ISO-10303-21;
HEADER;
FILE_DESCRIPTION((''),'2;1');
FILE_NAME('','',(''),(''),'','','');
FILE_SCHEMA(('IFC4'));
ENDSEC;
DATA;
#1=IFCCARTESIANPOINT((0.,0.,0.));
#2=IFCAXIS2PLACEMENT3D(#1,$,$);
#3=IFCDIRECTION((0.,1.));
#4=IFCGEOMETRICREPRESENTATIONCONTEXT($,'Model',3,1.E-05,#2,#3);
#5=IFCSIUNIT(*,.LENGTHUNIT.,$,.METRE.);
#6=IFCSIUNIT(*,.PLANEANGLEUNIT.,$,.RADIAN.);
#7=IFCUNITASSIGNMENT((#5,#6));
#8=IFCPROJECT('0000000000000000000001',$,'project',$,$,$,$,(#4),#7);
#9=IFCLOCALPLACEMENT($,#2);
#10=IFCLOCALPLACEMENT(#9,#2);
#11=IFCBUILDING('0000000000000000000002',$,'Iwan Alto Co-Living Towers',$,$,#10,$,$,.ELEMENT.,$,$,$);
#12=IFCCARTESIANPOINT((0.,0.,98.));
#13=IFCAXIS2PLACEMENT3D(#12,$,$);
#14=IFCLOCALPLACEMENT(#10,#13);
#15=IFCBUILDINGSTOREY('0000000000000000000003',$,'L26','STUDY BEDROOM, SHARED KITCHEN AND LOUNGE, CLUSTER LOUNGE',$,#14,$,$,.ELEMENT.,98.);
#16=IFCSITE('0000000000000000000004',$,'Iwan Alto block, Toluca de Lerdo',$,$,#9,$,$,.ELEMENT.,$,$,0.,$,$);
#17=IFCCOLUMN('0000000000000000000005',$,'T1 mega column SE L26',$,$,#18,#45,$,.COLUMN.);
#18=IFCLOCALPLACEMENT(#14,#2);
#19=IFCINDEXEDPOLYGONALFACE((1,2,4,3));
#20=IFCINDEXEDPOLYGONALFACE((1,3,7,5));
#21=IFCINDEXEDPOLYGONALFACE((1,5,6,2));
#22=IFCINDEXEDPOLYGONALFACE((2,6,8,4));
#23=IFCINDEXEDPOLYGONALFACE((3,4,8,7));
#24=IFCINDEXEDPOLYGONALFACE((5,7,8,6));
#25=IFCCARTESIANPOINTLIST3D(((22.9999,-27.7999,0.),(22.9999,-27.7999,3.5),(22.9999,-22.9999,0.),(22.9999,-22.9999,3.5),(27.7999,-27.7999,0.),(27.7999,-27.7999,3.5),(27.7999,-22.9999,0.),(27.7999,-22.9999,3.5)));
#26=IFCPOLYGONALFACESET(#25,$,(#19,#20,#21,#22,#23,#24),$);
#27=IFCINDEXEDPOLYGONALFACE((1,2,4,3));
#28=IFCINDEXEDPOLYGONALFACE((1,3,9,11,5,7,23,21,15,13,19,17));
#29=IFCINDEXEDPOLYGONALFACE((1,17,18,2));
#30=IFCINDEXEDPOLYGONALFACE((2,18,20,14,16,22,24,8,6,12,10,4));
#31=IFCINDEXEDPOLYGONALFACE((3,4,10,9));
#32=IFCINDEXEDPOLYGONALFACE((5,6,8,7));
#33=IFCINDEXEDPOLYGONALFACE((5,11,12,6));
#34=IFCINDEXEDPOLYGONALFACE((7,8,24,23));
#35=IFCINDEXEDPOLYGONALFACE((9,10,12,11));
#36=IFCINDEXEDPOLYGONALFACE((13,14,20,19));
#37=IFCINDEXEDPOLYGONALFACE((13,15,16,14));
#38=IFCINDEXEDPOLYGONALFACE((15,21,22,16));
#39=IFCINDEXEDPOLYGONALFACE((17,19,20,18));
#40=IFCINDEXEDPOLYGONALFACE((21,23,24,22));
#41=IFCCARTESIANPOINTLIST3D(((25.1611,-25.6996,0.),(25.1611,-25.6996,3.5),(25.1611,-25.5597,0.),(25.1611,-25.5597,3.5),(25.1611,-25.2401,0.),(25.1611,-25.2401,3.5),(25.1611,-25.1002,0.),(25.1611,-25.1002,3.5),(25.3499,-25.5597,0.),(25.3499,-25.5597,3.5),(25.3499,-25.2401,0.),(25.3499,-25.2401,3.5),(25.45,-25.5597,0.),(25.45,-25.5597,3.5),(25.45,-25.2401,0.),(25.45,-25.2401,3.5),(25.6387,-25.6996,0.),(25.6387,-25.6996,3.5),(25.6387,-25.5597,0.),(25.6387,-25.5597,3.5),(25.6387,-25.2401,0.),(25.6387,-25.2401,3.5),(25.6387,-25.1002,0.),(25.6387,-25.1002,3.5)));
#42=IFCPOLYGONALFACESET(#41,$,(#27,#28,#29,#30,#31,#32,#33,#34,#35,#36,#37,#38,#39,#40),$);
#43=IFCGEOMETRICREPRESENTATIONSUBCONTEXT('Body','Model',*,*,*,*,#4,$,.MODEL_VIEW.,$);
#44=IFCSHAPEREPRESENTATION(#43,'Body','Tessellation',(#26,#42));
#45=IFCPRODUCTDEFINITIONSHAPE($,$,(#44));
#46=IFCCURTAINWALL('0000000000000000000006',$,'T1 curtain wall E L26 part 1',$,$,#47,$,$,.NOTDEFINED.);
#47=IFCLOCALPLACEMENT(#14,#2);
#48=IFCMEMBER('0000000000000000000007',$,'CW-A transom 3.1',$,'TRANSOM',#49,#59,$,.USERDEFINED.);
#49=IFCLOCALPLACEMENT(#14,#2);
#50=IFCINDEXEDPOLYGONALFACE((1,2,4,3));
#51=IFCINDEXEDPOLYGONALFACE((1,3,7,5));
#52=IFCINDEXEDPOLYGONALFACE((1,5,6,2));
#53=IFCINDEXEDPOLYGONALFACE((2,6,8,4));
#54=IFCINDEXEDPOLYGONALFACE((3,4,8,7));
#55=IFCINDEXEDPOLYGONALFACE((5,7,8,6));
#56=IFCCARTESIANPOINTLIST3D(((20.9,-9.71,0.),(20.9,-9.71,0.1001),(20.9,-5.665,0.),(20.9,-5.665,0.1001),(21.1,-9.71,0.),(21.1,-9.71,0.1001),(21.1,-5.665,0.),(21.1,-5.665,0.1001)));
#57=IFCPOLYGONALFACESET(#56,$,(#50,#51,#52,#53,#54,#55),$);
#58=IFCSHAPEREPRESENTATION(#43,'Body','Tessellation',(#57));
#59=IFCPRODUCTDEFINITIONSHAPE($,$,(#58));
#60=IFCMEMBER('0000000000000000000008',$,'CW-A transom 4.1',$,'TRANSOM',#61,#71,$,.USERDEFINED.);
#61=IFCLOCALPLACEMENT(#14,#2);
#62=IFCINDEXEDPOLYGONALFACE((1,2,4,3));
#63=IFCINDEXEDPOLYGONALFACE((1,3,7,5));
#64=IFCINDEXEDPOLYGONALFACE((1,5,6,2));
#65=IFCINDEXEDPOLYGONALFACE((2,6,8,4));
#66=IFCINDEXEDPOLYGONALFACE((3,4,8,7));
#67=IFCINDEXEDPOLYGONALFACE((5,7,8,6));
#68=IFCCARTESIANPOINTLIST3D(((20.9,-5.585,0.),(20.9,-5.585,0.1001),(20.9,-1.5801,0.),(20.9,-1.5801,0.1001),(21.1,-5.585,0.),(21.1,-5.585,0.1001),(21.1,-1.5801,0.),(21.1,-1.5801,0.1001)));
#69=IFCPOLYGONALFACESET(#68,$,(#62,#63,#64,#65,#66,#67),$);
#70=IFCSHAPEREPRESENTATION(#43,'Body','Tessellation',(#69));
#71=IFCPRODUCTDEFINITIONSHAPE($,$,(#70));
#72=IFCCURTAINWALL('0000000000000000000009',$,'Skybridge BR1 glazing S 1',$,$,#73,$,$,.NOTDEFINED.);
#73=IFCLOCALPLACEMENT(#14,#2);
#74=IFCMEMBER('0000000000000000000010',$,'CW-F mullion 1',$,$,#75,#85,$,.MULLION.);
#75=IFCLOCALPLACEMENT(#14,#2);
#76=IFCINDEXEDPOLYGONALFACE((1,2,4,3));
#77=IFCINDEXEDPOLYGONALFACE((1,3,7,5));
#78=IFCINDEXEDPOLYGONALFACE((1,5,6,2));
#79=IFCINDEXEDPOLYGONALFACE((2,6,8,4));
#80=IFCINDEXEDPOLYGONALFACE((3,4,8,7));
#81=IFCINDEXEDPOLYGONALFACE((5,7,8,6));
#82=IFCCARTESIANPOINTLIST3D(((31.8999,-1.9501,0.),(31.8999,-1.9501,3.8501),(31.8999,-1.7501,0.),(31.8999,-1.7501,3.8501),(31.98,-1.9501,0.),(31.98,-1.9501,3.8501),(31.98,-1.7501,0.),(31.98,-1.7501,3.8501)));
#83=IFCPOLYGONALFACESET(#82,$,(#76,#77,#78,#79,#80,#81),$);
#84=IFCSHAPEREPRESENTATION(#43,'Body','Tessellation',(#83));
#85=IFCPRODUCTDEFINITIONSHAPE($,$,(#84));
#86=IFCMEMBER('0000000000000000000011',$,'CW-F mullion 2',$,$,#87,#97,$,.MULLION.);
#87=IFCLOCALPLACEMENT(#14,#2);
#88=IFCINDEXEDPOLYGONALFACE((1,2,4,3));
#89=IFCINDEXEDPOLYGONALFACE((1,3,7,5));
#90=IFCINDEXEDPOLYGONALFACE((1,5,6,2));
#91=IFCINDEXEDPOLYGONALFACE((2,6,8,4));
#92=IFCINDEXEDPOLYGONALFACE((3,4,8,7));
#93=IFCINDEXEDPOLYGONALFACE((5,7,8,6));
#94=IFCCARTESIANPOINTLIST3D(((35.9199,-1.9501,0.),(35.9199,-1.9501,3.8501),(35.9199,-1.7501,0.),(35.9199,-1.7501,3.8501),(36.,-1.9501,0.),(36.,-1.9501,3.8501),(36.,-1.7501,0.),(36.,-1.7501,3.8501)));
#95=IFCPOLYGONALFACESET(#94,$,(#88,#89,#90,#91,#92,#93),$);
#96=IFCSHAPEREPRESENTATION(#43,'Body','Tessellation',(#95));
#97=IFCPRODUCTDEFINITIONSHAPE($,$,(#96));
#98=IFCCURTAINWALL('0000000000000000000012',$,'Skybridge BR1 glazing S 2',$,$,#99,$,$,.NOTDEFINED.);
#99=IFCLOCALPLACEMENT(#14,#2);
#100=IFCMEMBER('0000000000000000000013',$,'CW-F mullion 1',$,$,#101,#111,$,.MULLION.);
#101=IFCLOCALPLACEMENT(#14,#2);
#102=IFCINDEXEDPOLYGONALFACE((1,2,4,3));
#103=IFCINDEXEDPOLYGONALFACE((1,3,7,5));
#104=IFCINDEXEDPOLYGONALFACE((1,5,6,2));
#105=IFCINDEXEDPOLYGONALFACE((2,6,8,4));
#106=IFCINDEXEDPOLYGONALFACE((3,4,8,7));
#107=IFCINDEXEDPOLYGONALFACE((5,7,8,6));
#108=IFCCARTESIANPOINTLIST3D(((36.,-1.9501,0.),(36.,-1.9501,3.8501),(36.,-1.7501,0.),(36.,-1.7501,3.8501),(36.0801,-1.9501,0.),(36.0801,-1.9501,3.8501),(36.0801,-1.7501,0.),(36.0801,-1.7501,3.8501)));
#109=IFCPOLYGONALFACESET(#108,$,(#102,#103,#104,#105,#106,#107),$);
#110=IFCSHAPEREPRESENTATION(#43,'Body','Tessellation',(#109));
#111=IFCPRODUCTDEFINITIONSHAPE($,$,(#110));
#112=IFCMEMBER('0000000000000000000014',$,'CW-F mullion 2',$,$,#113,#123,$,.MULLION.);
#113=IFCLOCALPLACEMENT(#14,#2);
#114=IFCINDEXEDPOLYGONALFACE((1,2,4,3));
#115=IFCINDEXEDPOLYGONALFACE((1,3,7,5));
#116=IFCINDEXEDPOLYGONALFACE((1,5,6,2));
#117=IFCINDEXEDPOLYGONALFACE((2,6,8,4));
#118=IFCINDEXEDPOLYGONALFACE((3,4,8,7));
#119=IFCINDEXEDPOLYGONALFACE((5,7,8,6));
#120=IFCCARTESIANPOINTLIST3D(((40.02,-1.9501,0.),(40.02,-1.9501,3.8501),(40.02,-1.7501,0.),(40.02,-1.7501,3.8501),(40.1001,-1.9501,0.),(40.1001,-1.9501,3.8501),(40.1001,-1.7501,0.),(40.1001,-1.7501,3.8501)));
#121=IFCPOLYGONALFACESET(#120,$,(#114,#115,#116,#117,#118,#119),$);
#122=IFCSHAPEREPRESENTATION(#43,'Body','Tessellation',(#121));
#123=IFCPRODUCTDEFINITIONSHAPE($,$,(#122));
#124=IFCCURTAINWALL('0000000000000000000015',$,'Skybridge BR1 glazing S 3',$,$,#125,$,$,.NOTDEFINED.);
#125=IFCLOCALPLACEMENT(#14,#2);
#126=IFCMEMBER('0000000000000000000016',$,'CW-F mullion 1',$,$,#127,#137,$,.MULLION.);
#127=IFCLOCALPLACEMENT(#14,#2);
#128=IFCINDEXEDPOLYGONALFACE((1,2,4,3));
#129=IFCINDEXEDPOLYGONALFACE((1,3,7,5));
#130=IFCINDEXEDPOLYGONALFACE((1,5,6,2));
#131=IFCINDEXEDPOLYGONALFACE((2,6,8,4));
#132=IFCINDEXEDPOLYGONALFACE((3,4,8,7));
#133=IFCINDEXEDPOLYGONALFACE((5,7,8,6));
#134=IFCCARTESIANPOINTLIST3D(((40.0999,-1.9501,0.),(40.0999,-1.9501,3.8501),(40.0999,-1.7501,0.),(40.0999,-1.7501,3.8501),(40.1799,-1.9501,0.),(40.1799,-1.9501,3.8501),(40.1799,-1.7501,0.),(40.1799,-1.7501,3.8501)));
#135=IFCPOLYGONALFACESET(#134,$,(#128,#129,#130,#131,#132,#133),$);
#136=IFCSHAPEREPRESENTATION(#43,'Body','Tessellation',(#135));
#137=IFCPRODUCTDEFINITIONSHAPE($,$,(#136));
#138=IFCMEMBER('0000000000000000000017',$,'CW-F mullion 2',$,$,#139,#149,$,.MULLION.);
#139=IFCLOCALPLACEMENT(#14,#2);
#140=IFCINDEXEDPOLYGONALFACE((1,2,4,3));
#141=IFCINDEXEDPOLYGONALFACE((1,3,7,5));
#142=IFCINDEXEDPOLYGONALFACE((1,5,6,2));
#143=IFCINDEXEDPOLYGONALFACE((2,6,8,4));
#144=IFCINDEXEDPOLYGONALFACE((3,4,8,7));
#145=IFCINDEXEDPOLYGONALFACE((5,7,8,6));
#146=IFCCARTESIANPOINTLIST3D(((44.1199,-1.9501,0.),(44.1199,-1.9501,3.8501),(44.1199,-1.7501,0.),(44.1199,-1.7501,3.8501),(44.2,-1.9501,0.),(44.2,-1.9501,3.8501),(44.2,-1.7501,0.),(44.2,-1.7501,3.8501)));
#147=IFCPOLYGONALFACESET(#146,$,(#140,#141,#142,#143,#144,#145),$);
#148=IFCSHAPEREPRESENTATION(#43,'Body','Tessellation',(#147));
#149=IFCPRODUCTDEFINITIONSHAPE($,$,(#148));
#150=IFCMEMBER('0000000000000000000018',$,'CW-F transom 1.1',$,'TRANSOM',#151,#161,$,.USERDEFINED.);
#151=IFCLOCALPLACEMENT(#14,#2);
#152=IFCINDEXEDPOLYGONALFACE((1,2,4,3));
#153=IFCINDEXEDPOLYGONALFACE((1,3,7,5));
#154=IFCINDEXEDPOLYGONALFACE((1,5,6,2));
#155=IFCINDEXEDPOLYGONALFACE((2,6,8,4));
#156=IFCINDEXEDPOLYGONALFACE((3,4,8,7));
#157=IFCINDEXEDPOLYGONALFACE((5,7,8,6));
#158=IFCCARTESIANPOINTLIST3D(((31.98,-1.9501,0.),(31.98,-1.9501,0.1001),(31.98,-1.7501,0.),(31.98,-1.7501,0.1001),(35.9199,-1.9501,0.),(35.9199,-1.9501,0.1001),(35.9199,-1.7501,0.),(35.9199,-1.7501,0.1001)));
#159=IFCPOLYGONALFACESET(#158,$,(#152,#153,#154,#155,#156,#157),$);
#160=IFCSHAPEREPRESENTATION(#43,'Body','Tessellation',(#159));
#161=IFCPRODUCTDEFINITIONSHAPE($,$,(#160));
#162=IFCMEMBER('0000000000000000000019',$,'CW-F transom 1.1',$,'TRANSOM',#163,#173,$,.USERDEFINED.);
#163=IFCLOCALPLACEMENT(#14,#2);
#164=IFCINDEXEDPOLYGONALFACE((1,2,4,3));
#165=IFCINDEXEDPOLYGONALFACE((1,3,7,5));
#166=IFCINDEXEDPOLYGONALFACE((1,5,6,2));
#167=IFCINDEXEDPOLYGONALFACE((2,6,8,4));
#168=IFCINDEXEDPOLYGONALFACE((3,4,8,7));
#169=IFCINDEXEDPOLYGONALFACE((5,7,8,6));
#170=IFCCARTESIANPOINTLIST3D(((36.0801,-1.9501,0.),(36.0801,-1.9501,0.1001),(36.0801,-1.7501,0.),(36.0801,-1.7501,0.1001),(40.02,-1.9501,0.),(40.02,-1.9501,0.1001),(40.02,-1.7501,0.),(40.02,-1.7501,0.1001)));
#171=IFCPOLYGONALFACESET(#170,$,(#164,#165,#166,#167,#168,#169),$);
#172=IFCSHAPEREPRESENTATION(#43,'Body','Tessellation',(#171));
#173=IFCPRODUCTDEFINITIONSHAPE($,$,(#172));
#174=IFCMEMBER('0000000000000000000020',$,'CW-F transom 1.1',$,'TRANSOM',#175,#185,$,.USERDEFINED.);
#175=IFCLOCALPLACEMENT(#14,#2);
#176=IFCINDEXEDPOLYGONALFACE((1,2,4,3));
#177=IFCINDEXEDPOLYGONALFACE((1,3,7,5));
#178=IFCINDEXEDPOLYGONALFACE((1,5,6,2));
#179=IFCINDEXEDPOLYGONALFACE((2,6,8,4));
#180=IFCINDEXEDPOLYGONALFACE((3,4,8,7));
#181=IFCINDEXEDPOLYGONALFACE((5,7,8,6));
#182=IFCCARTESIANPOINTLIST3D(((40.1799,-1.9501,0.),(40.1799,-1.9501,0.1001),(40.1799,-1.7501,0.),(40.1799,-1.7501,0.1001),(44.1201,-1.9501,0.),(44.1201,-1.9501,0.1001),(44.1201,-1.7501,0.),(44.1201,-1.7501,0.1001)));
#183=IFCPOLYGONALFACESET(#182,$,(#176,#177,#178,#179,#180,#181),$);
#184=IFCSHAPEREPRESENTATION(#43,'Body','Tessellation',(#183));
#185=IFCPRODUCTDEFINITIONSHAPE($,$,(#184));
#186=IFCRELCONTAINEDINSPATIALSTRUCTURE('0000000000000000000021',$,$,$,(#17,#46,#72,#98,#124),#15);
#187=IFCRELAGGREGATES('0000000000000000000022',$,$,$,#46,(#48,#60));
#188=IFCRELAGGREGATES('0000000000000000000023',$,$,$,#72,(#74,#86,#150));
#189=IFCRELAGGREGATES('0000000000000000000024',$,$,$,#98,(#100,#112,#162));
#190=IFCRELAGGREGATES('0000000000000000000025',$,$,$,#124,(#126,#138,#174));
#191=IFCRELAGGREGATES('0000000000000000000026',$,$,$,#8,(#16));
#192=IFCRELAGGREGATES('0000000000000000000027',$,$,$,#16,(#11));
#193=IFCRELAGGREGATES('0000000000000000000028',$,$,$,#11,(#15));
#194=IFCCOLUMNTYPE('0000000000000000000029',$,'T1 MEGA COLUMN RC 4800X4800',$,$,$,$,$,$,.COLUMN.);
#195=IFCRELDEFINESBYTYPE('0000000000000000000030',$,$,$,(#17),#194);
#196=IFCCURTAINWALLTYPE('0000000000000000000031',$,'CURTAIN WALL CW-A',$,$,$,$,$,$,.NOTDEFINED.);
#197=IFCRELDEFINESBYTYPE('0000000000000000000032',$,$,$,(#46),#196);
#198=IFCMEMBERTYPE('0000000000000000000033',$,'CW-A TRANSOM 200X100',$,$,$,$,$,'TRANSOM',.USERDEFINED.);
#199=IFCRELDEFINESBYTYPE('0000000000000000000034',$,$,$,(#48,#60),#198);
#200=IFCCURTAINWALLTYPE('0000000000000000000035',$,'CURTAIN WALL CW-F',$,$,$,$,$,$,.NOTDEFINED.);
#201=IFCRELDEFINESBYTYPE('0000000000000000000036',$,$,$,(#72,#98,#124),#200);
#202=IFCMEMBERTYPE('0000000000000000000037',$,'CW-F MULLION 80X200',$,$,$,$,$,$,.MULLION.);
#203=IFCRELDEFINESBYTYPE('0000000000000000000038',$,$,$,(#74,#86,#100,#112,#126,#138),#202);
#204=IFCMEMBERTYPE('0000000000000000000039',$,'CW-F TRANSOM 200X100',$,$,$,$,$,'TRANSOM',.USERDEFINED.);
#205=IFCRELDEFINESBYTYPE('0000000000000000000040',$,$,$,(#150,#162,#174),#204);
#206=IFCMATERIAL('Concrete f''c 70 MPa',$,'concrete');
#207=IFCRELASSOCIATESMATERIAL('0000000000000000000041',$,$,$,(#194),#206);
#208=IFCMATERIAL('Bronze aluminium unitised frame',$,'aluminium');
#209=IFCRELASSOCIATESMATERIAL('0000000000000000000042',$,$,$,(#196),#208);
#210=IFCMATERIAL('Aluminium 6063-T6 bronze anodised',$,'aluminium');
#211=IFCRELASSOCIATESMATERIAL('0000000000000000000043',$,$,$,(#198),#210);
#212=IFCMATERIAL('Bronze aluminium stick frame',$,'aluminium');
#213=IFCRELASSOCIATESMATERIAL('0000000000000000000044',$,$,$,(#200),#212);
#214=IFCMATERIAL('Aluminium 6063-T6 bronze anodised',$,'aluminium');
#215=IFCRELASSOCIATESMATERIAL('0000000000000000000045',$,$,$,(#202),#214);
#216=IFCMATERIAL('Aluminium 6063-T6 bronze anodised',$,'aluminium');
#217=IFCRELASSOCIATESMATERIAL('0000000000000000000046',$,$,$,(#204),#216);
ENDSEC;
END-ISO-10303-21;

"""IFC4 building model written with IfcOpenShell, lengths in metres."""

from ifc_helpers import new_model, si_unit, direction, frame, origin, origin_2d, place, context, subcontext, project, spatial, rectangle, i_section, extrude, material, material_profile, profile_set, type_object, element, aggregate, save


model = new_model("IFC4")

# Units and contexts
model_context = context("Model", 3, precision=1e-05, world=origin(), true_north=direction((0.0, 1.0)))
body_context = subcontext(model_context, "Body", "Model", "MODEL_VIEW")
ifc_project = project(units=[si_unit("LENGTHUNIT", "METRE"), si_unit("PLANEANGLEUNIT", "RADIAN")], contexts=[model_context])

# Site, building, storey
site_placement = place(None, origin())
site = spatial("IfcSite", under=ifc_project, at=site_placement, Name="Iwan Alto block, Toluca de Lerdo", CompositionType="ELEMENT", RefElevation=0.0)
building_placement = place(site_placement, origin())
building = spatial("IfcBuilding", under=site, at=building_placement, Name="Iwan Alto Co-Living Towers", CompositionType="ELEMENT")
storey_placement = place(building_placement, frame((0.0, 0.0, 98.0)))
storey = spatial("IfcBuildingStorey", under=building, at=storey_placement, Name="L26", Description="STUDY BEDROOM, SHARED KITCHEN AND LOUNGE, CLUSTER LOUNGE", CompositionType="ELEMENT", Elevation=98.0)

# Column
ifc_material_1 = material(Name="Concrete f'c 70 MPa", Category="concrete")
ifc_material_profile_1 = material_profile(ifc_material_1, rectangle(XDim=4.8, YDim=4.8, at=origin_2d()), Name="RC 4800X4800")
ifc_profile_set_1 = profile_set([ifc_material_profile_1], Name="Concrete f'c 70 MPa")
column_type = type_object("IfcColumnType", Name="T1 MEGA COLUMN RC 4800X4800", PredefinedType="COLUMN", material=ifc_profile_set_1)
column_placement = place(storey_placement, frame((25.3999, -25.3999, 0.0), z_axis=(0.0, 0.0, 1.0), x_axis=(1.0, 0.0, 0.0)))
element("IfcColumn", 1, at=column_placement, inside=storey, type_object=column_type, Name="T1 mega column SE L26", PredefinedType="COLUMN", context=body_context, shape_type="SweptSolid", body=[
    extrude(rectangle(XDim=4.8, YDim=4.8, at=origin_2d()), origin(), (0.0, 0.0, 1.0), 3.5),
    extrude(i_section(OverallWidth=0.4775, OverallDepth=0.5994, WebThickness=0.1001, FlangeThickness=0.1399, at=origin_2d()), origin(), (0.0, 0.0, 1.0), 3.5),
])

# Curtain walls, members
ifc_material_2 = material(Name="Bronze aluminium unitised frame", Category="aluminium")
curtain_wall_type_1 = type_object("IfcCurtainWallType", Name="CURTAIN WALL CW-A", PredefinedType="NOTDEFINED", material=ifc_material_2)
curtain_wall_1_placement = place(storey_placement, origin())
curtain_wall_1 = element("IfcCurtainWall", 2, at=curtain_wall_1_placement, inside=storey, type_object=curtain_wall_type_1, Name="T1 curtain wall E L26 part 1", PredefinedType="NOTDEFINED")
ifc_material_3 = material(Name="Aluminium 6063-T6 bronze anodised", Category="aluminium")
ifc_material_profile_2 = material_profile(ifc_material_3, rectangle(XDim=0.2, YDim=0.1001, at=origin_2d()), Name="AL 200X100")
ifc_profile_set_2 = profile_set([ifc_material_profile_2], Name="Aluminium 6063-T6 bronze anodised")
member_type_1 = type_object("IfcMemberType", Name="CW-A TRANSOM 200X100", ElementType="TRANSOM", PredefinedType="USERDEFINED", material=ifc_profile_set_2)
member_1_placement = place(storey_placement, frame((21.0, -9.71, 0.05), z_axis=(0.0, 1.0, 0.0), x_axis=(-1.0, 0.0, 0.0)))
member_1 = element("IfcMember", 3, at=member_1_placement, type_object=member_type_1, Name="CW-A transom 3.1", ObjectType="TRANSOM", PredefinedType="USERDEFINED", context=body_context, shape_type="SweptSolid", body=[
    extrude(rectangle(XDim=0.2, YDim=0.1001, at=origin_2d()), origin(), (0.0, 0.0, 1.0), 4.0449),
])
member_2_placement = place(storey_placement, frame((21.0, -5.585, 0.05), z_axis=(0.0, 1.0, 0.0), x_axis=(-1.0, 0.0, 0.0)))
member_2 = element("IfcMember", 4, at=member_2_placement, type_object=member_type_1, Name="CW-A transom 4.1", ObjectType="TRANSOM", PredefinedType="USERDEFINED", context=body_context, shape_type="SweptSolid", body=[
    extrude(rectangle(XDim=0.2, YDim=0.1001, at=origin_2d()), origin(), (0.0, 0.0, 1.0), 4.0049),
])
ifc_material_4 = material(Name="Bronze aluminium stick frame", Category="aluminium")
curtain_wall_type_2 = type_object("IfcCurtainWallType", Name="CURTAIN WALL CW-F", PredefinedType="NOTDEFINED", material=ifc_material_4)
curtain_wall_2_placement = place(storey_placement, origin())
curtain_wall_2 = element("IfcCurtainWall", 5, at=curtain_wall_2_placement, inside=storey, type_object=curtain_wall_type_2, Name="Skybridge BR1 glazing S 1", PredefinedType="NOTDEFINED")
ifc_material_5 = material(Name="Aluminium 6063-T6 bronze anodised", Category="aluminium")
ifc_material_profile_3 = material_profile(ifc_material_5, rectangle(XDim=0.2, YDim=0.0801, at=origin_2d()), Name="AL 80X200")
ifc_profile_set_3 = profile_set([ifc_material_profile_3], Name="Aluminium 6063-T6 bronze anodised")
member_type_2 = type_object("IfcMemberType", Name="CW-F MULLION 80X200", PredefinedType="MULLION", material=ifc_profile_set_3)
member_3_placement = place(storey_placement, frame((31.9399, -1.8501, 0.0), z_axis=(0.0, 0.0, 1.0), x_axis=(0.0, 1.0, 0.0)))
member_3 = element("IfcMember", 6, at=member_3_placement, type_object=member_type_2, Name="CW-F mullion 1", PredefinedType="MULLION", context=body_context, shape_type="SweptSolid", body=[
    extrude(rectangle(XDim=0.2, YDim=0.0801, at=origin_2d()), origin(), (0.0, 0.0, 1.0), 3.8501),
])
member_4_placement = place(storey_placement, frame((35.96, -1.8501, 0.0), z_axis=(0.0, 0.0, 1.0), x_axis=(0.0, 1.0, 0.0)))
member_4 = element("IfcMember", 7, at=member_4_placement, type_object=member_type_2, Name="CW-F mullion 2", PredefinedType="MULLION", context=body_context, shape_type="SweptSolid", body=[
    extrude(rectangle(XDim=0.2, YDim=0.0801, at=origin_2d()), origin(), (0.0, 0.0, 1.0), 3.8501),
])
curtain_wall_3_placement = place(storey_placement, origin())
curtain_wall_3 = element("IfcCurtainWall", 8, at=curtain_wall_3_placement, inside=storey, type_object=curtain_wall_type_2, Name="Skybridge BR1 glazing S 2", PredefinedType="NOTDEFINED")
member_5_placement = place(storey_placement, frame((36.04, -1.8501, 0.0), z_axis=(0.0, 0.0, 1.0), x_axis=(0.0, 1.0, 0.0)))
member_5 = element("IfcMember", 9, at=member_5_placement, type_object=member_type_2, Name="CW-F mullion 1", PredefinedType="MULLION", context=body_context, shape_type="SweptSolid", body=[
    extrude(rectangle(XDim=0.2, YDim=0.0801, at=origin_2d()), origin(), (0.0, 0.0, 1.0), 3.8501),
])
member_6_placement = place(storey_placement, frame((40.0601, -1.8501, 0.0), z_axis=(0.0, 0.0, 1.0), x_axis=(0.0, 1.0, 0.0)))
member_6 = element("IfcMember", 10, at=member_6_placement, type_object=member_type_2, Name="CW-F mullion 2", PredefinedType="MULLION", context=body_context, shape_type="SweptSolid", body=[
    extrude(rectangle(XDim=0.2, YDim=0.0801, at=origin_2d()), origin(), (0.0, 0.0, 1.0), 3.8501),
])
curtain_wall_4_placement = place(storey_placement, origin())
curtain_wall_4 = element("IfcCurtainWall", 11, at=curtain_wall_4_placement, inside=storey, type_object=curtain_wall_type_2, Name="Skybridge BR1 glazing S 3", PredefinedType="NOTDEFINED")
member_7_placement = place(storey_placement, frame((40.1399, -1.8501, 0.0), z_axis=(0.0, 0.0, 1.0), x_axis=(0.0, 1.0, 0.0)))
member_7 = element("IfcMember", 12, at=member_7_placement, type_object=member_type_2, Name="CW-F mullion 1", PredefinedType="MULLION", context=body_context, shape_type="SweptSolid", body=[
    extrude(rectangle(XDim=0.2, YDim=0.0801, at=origin_2d()), origin(), (0.0, 0.0, 1.0), 3.8501),
])
member_8_placement = place(storey_placement, frame((44.1599, -1.8501, 0.0), z_axis=(0.0, 0.0, 1.0), x_axis=(0.0, 1.0, 0.0)))
member_8 = element("IfcMember", 13, at=member_8_placement, type_object=member_type_2, Name="CW-F mullion 2", PredefinedType="MULLION", context=body_context, shape_type="SweptSolid", body=[
    extrude(rectangle(XDim=0.2, YDim=0.0801, at=origin_2d()), origin(), (0.0, 0.0, 1.0), 3.8501),
])

# Members
ifc_material_6 = material(Name="Aluminium 6063-T6 bronze anodised", Category="aluminium")
ifc_material_profile_4 = material_profile(ifc_material_6, rectangle(XDim=0.2, YDim=0.1001, at=origin_2d()), Name="AL 200X100")
ifc_profile_set_4 = profile_set([ifc_material_profile_4], Name="Aluminium 6063-T6 bronze anodised")
member_type_3 = type_object("IfcMemberType", Name="CW-F TRANSOM 200X100", ElementType="TRANSOM", PredefinedType="USERDEFINED", material=ifc_profile_set_4)
member_9_placement = place(storey_placement, frame((31.98, -1.8501, 0.05), z_axis=(1.0, 0.0, 0.0), x_axis=(0.0, 1.0, 0.0)))
member_9 = element("IfcMember", 14, at=member_9_placement, type_object=member_type_3, Name="CW-F transom 1.1", ObjectType="TRANSOM", PredefinedType="USERDEFINED", context=body_context, shape_type="SweptSolid", body=[
    extrude(rectangle(XDim=0.2, YDim=0.1001, at=origin_2d()), origin(), (0.0, 0.0, 1.0), 3.9399),
])
member_10_placement = place(storey_placement, frame((36.0801, -1.8501, 0.05), z_axis=(1.0, 0.0, 0.0), x_axis=(0.0, 1.0, 0.0)))
member_10 = element("IfcMember", 15, at=member_10_placement, type_object=member_type_3, Name="CW-F transom 1.1", ObjectType="TRANSOM", PredefinedType="USERDEFINED", context=body_context, shape_type="SweptSolid", body=[
    extrude(rectangle(XDim=0.2, YDim=0.1001, at=origin_2d()), origin(), (0.0, 0.0, 1.0), 3.9399),
])
member_11_placement = place(storey_placement, frame((40.1799, -1.8501, 0.05), z_axis=(1.0, 0.0, 0.0), x_axis=(0.0, 1.0, 0.0)))
member_11 = element("IfcMember", 16, at=member_11_placement, type_object=member_type_3, Name="CW-F transom 1.1", ObjectType="TRANSOM", PredefinedType="USERDEFINED", context=body_context, shape_type="SweptSolid", body=[
    extrude(rectangle(XDim=0.2, YDim=0.1001, at=origin_2d()), origin(), (0.0, 0.0, 1.0), 3.9402),
])

aggregate(curtain_wall_1, [member_1, member_2])
aggregate(curtain_wall_2, [member_3, member_4, member_9])
aggregate(curtain_wall_3, [member_5, member_6, member_10])
aggregate(curtain_wall_4, [member_7, member_8, member_11])

save(model, "model.ifc")
